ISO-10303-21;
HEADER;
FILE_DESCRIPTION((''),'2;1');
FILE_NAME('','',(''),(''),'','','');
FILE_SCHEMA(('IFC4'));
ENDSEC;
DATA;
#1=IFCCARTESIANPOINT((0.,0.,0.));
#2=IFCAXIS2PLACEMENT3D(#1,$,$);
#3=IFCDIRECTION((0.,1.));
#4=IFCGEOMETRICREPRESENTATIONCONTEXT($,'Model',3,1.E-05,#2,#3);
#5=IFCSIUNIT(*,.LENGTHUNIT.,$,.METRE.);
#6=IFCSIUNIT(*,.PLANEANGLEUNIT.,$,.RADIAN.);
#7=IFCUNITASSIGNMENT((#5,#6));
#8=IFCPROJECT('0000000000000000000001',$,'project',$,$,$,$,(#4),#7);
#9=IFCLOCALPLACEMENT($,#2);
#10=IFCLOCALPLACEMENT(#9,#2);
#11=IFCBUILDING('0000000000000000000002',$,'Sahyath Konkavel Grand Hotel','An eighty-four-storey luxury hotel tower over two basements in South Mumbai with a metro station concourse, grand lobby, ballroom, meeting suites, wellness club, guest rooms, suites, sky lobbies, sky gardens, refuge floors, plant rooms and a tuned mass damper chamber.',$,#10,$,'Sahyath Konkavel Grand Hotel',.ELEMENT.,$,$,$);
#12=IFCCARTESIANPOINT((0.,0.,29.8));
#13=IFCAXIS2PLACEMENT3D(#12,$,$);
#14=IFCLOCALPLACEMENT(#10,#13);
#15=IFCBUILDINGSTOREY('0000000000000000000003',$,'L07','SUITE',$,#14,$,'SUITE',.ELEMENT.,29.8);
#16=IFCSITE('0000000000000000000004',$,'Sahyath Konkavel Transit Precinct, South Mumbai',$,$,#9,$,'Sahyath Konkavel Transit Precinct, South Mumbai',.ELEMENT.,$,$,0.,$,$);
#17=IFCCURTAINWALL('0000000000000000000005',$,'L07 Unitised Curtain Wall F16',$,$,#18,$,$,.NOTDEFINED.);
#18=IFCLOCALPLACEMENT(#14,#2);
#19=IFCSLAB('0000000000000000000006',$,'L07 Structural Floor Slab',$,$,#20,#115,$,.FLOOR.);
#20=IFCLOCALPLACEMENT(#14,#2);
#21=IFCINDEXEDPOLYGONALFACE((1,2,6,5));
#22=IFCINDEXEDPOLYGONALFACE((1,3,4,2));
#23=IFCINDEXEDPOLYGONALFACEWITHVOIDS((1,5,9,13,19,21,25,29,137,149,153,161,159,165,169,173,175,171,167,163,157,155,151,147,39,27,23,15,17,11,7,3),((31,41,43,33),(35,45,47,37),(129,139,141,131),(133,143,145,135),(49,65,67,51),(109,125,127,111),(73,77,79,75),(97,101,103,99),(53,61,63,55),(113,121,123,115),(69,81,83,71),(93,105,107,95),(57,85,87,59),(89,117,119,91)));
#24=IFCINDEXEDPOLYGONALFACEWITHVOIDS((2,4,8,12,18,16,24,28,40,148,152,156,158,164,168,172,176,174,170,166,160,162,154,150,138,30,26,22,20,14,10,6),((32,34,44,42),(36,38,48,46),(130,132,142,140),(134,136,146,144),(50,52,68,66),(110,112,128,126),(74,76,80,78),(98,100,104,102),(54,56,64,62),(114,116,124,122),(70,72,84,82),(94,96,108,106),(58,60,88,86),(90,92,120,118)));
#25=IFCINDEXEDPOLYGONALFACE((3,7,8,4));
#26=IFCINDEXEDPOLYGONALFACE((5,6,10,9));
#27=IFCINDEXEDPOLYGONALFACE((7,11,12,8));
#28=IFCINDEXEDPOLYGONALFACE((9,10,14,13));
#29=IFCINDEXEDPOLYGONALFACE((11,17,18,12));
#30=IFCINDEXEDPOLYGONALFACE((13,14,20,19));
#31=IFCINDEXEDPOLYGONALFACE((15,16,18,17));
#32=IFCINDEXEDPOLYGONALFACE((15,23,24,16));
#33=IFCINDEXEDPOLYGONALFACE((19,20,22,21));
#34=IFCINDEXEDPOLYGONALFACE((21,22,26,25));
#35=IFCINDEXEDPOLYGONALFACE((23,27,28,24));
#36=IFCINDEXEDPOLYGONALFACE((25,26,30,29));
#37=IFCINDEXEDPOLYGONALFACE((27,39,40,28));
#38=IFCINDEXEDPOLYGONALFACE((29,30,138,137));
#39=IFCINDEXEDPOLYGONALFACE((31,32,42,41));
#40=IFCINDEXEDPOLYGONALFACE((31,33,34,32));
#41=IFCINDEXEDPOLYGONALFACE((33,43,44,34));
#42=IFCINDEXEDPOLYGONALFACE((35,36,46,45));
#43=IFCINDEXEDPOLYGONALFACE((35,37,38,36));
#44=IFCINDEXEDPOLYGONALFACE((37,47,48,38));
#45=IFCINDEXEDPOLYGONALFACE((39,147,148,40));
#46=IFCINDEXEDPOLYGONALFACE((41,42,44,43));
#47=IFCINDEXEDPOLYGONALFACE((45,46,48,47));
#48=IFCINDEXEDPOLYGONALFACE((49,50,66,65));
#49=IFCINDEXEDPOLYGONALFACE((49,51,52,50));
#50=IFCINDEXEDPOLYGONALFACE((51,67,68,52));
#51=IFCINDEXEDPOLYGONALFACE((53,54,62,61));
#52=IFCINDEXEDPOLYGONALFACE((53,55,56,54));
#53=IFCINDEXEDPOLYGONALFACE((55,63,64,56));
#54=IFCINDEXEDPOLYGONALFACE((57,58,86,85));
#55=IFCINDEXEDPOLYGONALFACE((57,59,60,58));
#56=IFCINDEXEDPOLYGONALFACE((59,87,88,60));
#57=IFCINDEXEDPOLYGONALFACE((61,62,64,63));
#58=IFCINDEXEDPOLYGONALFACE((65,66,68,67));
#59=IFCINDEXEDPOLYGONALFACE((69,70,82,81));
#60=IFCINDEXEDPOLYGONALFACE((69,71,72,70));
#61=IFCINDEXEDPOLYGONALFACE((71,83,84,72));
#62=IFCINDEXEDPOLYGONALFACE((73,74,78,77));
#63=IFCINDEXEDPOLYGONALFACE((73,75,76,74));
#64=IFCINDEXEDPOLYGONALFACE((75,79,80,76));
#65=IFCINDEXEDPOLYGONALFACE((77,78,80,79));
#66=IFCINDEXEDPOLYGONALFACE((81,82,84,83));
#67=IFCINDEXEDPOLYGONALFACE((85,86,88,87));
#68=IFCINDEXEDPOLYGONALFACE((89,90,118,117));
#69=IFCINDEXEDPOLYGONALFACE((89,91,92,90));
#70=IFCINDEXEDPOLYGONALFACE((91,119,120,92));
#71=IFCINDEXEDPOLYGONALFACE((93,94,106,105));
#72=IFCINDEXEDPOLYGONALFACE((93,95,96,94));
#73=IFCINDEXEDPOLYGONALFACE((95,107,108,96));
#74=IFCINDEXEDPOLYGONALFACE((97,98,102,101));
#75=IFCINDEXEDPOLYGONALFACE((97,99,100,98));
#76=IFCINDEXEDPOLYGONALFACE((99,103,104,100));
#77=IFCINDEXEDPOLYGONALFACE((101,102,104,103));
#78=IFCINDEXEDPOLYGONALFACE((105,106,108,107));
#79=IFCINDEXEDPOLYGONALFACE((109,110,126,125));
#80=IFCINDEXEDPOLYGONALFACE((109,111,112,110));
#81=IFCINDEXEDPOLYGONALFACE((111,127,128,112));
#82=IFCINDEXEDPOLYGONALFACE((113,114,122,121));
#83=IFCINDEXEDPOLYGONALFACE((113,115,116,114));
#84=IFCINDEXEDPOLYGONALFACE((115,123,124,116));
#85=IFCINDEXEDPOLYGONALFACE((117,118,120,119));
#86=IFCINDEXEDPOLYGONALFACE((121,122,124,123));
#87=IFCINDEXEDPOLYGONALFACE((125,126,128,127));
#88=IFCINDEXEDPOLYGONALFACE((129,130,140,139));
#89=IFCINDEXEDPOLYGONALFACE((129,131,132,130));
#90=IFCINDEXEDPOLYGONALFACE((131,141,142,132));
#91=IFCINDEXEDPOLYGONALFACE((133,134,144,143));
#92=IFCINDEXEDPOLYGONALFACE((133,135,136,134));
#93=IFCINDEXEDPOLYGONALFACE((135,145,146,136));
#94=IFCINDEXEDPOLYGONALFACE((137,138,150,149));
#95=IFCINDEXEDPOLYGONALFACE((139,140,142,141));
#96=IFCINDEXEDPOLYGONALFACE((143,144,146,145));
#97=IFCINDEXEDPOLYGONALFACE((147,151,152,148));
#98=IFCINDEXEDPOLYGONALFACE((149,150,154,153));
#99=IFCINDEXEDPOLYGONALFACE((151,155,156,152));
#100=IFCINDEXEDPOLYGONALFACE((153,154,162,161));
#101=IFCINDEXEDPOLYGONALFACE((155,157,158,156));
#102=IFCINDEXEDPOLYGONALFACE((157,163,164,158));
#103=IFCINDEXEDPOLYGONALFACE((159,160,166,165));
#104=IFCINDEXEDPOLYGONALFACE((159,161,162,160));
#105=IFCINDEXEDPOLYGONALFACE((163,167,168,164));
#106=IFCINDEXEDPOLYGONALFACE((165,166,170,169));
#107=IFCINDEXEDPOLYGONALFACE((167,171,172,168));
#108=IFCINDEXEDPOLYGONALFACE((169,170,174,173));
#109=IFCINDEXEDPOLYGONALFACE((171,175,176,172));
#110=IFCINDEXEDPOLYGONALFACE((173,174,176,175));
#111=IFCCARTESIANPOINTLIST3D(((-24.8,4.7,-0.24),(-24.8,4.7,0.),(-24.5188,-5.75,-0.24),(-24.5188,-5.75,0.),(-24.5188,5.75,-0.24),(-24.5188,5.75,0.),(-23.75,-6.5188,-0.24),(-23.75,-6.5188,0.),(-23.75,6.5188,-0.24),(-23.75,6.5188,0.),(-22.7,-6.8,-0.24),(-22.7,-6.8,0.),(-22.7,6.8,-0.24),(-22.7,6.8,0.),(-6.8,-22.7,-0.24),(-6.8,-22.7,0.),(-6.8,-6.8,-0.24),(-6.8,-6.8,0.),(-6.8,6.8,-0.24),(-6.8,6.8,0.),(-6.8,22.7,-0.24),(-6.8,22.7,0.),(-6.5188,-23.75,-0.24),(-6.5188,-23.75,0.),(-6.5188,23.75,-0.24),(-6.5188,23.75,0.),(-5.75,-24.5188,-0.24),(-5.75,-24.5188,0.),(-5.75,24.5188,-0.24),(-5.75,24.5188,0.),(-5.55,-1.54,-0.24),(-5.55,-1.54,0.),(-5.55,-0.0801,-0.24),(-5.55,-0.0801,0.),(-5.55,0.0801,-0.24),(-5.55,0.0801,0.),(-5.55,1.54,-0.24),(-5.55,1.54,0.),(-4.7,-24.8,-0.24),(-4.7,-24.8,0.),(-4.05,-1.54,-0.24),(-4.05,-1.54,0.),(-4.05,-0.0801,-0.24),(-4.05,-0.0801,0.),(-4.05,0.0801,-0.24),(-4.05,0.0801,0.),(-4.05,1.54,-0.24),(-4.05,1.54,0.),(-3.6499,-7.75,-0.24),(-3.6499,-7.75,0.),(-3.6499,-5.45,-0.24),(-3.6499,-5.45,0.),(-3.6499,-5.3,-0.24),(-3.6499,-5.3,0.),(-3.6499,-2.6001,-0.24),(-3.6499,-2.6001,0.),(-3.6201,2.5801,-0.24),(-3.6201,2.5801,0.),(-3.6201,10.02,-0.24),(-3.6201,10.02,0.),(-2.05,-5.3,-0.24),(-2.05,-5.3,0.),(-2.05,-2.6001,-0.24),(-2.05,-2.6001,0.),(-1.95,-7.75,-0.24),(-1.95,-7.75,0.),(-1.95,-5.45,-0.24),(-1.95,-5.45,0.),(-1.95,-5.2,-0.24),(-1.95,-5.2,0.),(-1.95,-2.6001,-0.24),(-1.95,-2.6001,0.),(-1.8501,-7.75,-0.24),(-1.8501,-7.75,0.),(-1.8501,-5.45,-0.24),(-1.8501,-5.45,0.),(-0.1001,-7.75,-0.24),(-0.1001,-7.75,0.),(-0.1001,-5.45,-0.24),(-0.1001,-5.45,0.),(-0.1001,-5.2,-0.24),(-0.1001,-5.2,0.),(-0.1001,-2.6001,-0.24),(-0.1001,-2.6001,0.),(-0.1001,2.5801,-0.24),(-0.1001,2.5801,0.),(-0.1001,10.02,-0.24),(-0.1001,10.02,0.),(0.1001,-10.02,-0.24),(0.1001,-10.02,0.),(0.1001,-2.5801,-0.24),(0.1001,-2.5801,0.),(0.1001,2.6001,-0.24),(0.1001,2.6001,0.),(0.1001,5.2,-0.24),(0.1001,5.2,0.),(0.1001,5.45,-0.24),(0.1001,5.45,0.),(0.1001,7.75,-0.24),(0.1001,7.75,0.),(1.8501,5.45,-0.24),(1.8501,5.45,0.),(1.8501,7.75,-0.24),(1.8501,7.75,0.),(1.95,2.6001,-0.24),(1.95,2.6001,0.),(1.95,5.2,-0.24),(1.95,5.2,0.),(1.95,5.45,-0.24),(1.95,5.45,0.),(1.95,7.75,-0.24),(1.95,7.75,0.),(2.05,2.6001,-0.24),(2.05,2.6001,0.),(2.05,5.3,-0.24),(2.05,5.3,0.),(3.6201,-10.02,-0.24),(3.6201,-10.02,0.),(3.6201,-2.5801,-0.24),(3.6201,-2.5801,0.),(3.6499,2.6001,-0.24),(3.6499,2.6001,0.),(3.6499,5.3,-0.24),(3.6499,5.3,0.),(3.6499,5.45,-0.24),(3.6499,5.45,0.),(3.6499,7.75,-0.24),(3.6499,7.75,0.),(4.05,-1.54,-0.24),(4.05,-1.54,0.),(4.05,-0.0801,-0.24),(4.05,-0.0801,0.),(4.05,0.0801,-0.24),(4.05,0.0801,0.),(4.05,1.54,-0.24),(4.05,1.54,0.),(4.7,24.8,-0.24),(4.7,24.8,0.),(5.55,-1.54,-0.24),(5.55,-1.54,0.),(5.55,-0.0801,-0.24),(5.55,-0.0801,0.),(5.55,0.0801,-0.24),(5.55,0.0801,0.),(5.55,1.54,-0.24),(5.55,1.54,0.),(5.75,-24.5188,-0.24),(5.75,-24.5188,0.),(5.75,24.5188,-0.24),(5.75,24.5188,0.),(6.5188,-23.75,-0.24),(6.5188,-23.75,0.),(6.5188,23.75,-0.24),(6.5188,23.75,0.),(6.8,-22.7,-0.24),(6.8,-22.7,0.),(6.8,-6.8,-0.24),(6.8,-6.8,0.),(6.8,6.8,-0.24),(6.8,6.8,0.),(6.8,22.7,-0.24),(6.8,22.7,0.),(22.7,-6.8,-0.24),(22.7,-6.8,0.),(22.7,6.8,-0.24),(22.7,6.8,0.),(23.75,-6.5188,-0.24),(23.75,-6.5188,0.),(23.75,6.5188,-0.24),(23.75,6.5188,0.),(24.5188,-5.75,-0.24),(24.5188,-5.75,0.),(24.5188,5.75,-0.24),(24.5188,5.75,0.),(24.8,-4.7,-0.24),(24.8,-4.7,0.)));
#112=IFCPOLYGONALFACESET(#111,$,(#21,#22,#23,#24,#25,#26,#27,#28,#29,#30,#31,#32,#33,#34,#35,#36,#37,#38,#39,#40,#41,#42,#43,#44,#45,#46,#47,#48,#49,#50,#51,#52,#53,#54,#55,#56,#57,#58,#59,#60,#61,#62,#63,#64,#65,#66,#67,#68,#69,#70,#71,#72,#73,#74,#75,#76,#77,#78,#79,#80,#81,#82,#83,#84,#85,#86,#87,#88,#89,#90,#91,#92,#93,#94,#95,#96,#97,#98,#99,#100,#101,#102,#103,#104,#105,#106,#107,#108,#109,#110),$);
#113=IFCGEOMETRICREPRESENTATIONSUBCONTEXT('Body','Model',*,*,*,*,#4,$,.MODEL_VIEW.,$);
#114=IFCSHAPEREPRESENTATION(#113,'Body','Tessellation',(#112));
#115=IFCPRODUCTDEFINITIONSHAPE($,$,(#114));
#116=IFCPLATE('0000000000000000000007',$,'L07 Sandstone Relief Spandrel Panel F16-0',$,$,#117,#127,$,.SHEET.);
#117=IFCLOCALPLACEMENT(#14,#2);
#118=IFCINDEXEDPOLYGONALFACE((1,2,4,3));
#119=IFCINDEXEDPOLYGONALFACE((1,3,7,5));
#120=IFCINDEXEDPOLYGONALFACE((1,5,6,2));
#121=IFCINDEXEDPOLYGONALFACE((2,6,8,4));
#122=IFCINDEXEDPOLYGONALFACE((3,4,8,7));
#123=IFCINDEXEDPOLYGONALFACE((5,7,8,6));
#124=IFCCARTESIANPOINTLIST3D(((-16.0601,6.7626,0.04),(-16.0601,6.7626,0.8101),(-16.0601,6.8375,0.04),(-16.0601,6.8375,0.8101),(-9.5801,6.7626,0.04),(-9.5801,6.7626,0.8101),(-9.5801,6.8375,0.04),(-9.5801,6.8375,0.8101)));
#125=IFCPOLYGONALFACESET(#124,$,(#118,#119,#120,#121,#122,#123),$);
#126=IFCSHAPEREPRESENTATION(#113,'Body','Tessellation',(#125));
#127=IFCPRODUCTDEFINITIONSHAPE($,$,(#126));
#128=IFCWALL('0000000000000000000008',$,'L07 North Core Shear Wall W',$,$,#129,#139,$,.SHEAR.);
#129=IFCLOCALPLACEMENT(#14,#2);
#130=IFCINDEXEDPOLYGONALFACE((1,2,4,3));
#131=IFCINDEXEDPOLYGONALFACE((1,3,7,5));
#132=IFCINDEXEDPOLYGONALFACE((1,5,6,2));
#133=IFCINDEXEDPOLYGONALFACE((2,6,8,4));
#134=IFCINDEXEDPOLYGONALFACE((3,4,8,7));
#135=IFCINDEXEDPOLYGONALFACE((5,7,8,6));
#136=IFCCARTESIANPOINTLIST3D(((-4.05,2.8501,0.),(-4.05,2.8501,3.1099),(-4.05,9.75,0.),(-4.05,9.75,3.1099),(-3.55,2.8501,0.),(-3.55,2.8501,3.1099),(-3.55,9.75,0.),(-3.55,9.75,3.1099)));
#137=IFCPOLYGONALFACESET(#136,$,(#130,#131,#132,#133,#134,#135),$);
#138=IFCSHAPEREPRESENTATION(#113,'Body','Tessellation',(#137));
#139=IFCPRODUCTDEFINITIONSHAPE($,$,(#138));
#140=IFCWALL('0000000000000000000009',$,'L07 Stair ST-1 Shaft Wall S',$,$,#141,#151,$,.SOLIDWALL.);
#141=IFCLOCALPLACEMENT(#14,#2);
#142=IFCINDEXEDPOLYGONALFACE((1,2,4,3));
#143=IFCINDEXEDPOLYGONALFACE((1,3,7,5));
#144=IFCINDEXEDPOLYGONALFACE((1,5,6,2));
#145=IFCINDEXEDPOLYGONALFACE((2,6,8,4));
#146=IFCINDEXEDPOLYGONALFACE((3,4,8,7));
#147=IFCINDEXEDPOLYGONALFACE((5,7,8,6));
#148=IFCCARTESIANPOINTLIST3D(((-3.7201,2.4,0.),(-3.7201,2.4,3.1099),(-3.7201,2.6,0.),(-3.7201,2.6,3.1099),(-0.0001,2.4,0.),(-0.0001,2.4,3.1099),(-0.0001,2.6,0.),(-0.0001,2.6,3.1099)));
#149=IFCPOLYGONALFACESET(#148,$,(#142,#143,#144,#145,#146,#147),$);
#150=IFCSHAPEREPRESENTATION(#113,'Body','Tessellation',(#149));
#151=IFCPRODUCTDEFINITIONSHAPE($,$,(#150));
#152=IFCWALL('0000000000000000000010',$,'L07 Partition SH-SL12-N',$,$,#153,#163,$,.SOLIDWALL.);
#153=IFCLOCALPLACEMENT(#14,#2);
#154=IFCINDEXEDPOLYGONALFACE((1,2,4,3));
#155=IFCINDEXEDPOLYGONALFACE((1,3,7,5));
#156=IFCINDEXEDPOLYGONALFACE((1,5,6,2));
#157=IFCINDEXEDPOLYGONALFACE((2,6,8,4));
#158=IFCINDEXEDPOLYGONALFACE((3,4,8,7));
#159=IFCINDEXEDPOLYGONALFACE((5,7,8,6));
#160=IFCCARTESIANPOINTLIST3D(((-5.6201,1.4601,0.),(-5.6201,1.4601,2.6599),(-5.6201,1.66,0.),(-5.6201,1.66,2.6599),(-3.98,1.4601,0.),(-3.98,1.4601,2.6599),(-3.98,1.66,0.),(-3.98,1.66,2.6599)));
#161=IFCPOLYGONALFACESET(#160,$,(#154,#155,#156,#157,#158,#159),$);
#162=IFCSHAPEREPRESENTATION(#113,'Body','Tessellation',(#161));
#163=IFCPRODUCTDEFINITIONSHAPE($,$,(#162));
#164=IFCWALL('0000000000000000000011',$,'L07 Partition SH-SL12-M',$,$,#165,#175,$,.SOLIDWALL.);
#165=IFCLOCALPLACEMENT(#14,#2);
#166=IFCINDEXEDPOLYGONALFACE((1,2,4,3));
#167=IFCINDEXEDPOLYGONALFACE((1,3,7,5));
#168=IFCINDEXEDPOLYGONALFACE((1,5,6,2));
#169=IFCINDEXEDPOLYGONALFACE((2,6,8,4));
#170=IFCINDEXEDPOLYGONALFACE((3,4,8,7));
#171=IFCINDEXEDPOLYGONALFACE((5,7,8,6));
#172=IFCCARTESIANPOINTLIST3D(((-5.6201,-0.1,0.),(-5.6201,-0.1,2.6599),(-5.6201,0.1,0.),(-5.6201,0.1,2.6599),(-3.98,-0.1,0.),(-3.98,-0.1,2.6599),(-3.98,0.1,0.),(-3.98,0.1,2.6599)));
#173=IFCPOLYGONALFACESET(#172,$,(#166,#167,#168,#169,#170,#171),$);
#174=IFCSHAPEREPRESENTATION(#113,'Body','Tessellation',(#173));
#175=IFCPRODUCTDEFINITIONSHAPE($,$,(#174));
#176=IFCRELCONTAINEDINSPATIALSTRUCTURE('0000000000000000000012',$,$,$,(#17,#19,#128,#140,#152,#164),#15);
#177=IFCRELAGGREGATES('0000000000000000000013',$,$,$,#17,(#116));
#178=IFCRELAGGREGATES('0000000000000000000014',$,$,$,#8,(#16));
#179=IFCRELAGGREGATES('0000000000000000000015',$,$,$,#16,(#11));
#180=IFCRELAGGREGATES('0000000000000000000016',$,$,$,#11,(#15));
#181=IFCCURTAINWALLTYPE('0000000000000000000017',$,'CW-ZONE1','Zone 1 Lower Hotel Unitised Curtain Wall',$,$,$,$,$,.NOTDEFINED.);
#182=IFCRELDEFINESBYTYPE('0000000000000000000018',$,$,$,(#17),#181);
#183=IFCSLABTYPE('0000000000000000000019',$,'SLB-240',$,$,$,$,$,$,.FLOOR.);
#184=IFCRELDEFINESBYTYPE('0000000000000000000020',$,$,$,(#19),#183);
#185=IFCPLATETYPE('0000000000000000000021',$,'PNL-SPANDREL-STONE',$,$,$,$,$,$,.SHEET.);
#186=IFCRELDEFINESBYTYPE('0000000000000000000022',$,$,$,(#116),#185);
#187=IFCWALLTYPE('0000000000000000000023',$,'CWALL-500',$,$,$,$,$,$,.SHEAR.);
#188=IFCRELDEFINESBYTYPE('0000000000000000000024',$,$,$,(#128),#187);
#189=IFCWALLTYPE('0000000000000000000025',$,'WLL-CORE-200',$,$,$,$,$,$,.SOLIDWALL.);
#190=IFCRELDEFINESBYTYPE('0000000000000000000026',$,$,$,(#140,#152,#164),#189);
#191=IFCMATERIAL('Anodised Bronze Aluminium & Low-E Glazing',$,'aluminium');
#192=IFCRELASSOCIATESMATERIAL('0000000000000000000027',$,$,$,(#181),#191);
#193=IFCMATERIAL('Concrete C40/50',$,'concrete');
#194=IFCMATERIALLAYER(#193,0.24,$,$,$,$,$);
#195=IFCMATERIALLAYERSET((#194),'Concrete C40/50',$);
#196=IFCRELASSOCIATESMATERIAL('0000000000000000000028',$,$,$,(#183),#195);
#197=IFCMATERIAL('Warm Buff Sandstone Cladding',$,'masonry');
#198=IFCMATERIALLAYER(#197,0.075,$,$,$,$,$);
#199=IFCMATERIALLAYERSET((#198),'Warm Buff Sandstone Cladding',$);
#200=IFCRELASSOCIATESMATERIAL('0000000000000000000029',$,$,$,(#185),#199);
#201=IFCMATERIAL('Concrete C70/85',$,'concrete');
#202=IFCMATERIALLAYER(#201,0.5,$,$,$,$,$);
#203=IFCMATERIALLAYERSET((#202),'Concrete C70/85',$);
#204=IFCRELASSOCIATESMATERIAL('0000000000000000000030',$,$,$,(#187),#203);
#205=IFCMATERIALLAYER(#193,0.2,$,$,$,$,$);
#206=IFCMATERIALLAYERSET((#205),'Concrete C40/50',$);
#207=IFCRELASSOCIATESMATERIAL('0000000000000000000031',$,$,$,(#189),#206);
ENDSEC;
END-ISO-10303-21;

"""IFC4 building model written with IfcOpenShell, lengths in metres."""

from ifc_helpers import new_model, si_unit, direction, frame, frame_2d, origin, origin_2d, place, context, subcontext, project, spatial, polyline, rectangle, outline, extrude, source, transform, mapped, material, layer, layer_set, type_object, element, aggregate, save


model = new_model("IFC4")

# Units and contexts
model_context = context("Model", 3, precision=1e-05, world=origin(), true_north=direction((0.0, 1.0)))
body_context = subcontext(model_context, "Body", "Model", "MODEL_VIEW")
ifc_project = project(units=[si_unit("LENGTHUNIT", "METRE"), si_unit("PLANEANGLEUNIT", "RADIAN")], contexts=[model_context])

# Site, building, storey
site_placement = place(None, origin())
site = spatial("IfcSite", under=ifc_project, at=site_placement, Name="Sahyath Konkavel Transit Precinct, South Mumbai", LongName="Sahyath Konkavel Transit Precinct, South Mumbai", CompositionType="ELEMENT", RefElevation=0.0)
building_placement = place(site_placement, origin())
building = spatial("IfcBuilding", under=site, at=building_placement, Name="Sahyath Konkavel Grand Hotel", Description="An eighty-four-storey luxury hotel tower over two basements in South Mumbai with a metro station concourse, grand lobby, ballroom, meeting suites, wellness club, guest rooms, suites, sky lobbies, sky gardens, refuge floors, plant rooms and a tuned mass damper chamber.", LongName="Sahyath Konkavel Grand Hotel", CompositionType="ELEMENT")
storey_placement = place(building_placement, frame((0.0, 0.0, 29.8)))
storey = spatial("IfcBuildingStorey", under=building, at=storey_placement, Name="L07", Description="SUITE", LongName="SUITE", CompositionType="ELEMENT", Elevation=29.8)

# Shared definitions
ifc_material_1 = material(Name="Concrete C70/85", Category="concrete")

# Curtain wall
ifc_material_2 = material(Name="Anodised Bronze Aluminium & Low-E Glazing", Category="aluminium")
curtain_wall_type = type_object("IfcCurtainWallType", Name="CW-ZONE1", Description="Zone 1 Lower Hotel Unitised Curtain Wall", PredefinedType="NOTDEFINED", material=ifc_material_2)
curtain_wall_placement = place(storey_placement, origin())
curtain_wall = element("IfcCurtainWall", 1, at=curtain_wall_placement, inside=storey, type_object=curtain_wall_type, Name="L07 Unitised Curtain Wall F16", PredefinedType="NOTDEFINED")

# Slab
ifc_material_3 = material(Name="Concrete C40/50", Category="concrete")
ifc_layer_1 = layer(ifc_material_3, 0.24)
ifc_layer_set_1 = layer_set([ifc_layer_1], Name="Concrete C40/50")
slab_type = type_object("IfcSlabType", Name="SLB-240", PredefinedType="FLOOR", material=ifc_layer_set_1)
slab_placement = place(storey_placement, frame((0.0, 0.0, -0.24)))
element("IfcSlab", 2, at=slab_placement, inside=storey, type_object=slab_type, Name="L07 Structural Floor Slab", PredefinedType="FLOOR", context=body_context, shape_type="SweptSolid", body=[
    extrude(outline(polyline([(6.8, -6.8), (22.7, -6.8), (23.75, -6.5188), (24.5188, -5.75), (24.8, -4.7), (24.5188, 5.75), (23.75, 6.5188), (22.7, 6.8), (6.8, 6.8), (6.8, 22.7), (6.5188, 23.75), (5.75, 24.5188), (4.7, 24.8), (-5.75, 24.5188), (-6.5188, 23.75), (-6.8, 22.7), (-6.8, 6.8), (-22.7, 6.8), (-23.75, 6.5188), (-24.5188, 5.75), (-24.8, 4.7), (-24.5188, -5.75), (-23.75, -6.5188), (-22.7, -6.8), (-6.8, -6.8), (-6.8, -22.7), (-6.5188, -23.75), (-5.75, -24.5188), (-4.7, -24.8), (5.75, -24.5188), (6.5188, -23.75), (6.8, -22.7), (6.8, -6.8)]), holes=[polyline([(-3.6201, 2.5801), (-0.1001, 2.5801), (-0.1001, 10.02), (-3.6201, 10.02), (-3.6201, 2.5801)]), polyline([(0.1001, -10.02), (3.6201, -10.02), (3.6201, -2.5801), (0.1001, -2.5801), (0.1001, -10.02)]), polyline([(0.1001, 2.6001), (1.95, 2.6001), (1.95, 5.2), (0.1001, 5.2), (0.1001, 2.6001)]), polyline([(-1.95, -5.2), (-0.1001, -5.2), (-0.1001, -2.6001), (-1.95, -2.6001), (-1.95, -5.2)]), polyline([(2.05, 2.6001), (3.6499, 2.6001), (3.6499, 5.3), (2.05, 5.3), (2.05, 2.6001)]), polyline([(-3.6499, -5.3), (-2.05, -5.3), (-2.05, -2.6001), (-3.6499, -2.6001), (-3.6499, -5.3)]), polyline([(0.1001, 5.45), (1.8501, 5.45), (1.8501, 7.75), (0.1001, 7.75), (0.1001, 5.45)]), polyline([(1.95, 5.45), (3.6499, 5.45), (3.6499, 7.75), (1.95, 7.75), (1.95, 5.45)]), polyline([(-3.6499, -7.75), (-1.95, -7.75), (-1.95, -5.45), (-3.6499, -5.45), (-3.6499, -7.75)]), polyline([(-1.8501, -7.75), (-0.1001, -7.75), (-0.1001, -5.45), (-1.8501, -5.45), (-1.8501, -7.75)]), polyline([(4.05, 0.0801), (5.55, 0.0801), (5.55, 1.54), (4.05, 1.54), (4.05, 0.0801)]), polyline([(4.05, -1.54), (5.55, -1.54), (5.55, -0.0801), (4.05, -0.0801), (4.05, -1.54)]), polyline([(-5.55, 0.0801), (-4.05, 0.0801), (-4.05, 1.54), (-5.55, 1.54), (-5.55, 0.0801)]), polyline([(-5.55, -1.54), (-4.05, -1.54), (-4.05, -0.0801), (-5.55, -0.0801), (-5.55, -1.54)])]), origin(), (0.0, 0.0, 1.0), 0.24),
])

# Plate
ifc_material_4 = material(Name="Warm Buff Sandstone Cladding", Category="masonry")
ifc_layer_2 = layer(ifc_material_4, 0.075)
ifc_layer_set_2 = layer_set([ifc_layer_2], Name="Warm Buff Sandstone Cladding")
plate_type = type_object("IfcPlateType", Name="PNL-SPANDREL-STONE", PredefinedType="SHEET", material=ifc_layer_set_2)
shared_shape_1 = source(origin(), body_context, "Body", "SweptSolid", [
    extrude(rectangle(XDim=6.48, YDim=0.075, at=origin_2d()), origin(), (0.0, 0.0, 1.0), 0.77),
])
plate_placement = place(storey_placement, frame((-12.8201, 6.8, 0.04), z_axis=(0.0, 0.0, 1.0), x_axis=(-1.0, 0.0, 0.0)))
plate = element("IfcPlate", 3, at=plate_placement, type_object=plate_type, Name="L07 Sandstone Relief Spandrel Panel F16-0", PredefinedType="SHEET", context=body_context, shape_type="MappedRepresentation", body=[
    mapped(shared_shape_1, transform((0.0, 0.0, 0.0), scale=1.0)),
])
aggregate(curtain_wall, [plate])

# Walls
ifc_layer_3 = layer(ifc_material_1, 0.5)
ifc_layer_set_3 = layer_set([ifc_layer_3], Name="Concrete C70/85")
wall_type_1 = type_object("IfcWallType", Name="CWALL-500", PredefinedType="SHEAR", material=ifc_layer_set_3)
wall_1_placement = place(storey_placement, frame((-3.8, 2.8501, 0.0), z_axis=(0.0, 0.0, 1.0), x_axis=(0.0, 1.0, 0.0)))
element("IfcWall", 4, at=wall_1_placement, inside=storey, type_object=wall_type_1, Name="L07 North Core Shear Wall W", PredefinedType="SHEAR", context=body_context, shape_type="SweptSolid", body=[
    extrude(rectangle(XDim=6.8999, YDim=0.5, at=frame_2d((3.45, 0.0))), origin(), (0.0, 0.0, 1.0), 3.1099),
])
ifc_layer_4 = layer(ifc_material_3, 0.2)
ifc_layer_set_4 = layer_set([ifc_layer_4], Name="Concrete C40/50")
wall_type_2 = type_object("IfcWallType", Name="WLL-CORE-200", PredefinedType="SOLIDWALL", material=ifc_layer_set_4)
wall_2_placement = place(storey_placement, frame((-3.72, 2.5, 0.0), z_axis=(0.0, 0.0, 1.0), x_axis=(1.0, 0.0, 0.0)))
element("IfcWall", 5, at=wall_2_placement, inside=storey, type_object=wall_type_2, Name="L07 Stair ST-1 Shaft Wall S", PredefinedType="SOLIDWALL", context=body_context, shape_type="SweptSolid", body=[
    extrude(rectangle(XDim=3.72, YDim=0.2, at=frame_2d((1.8599, 0.0))), origin(), (0.0, 0.0, 1.0), 3.1099),
])
for number, where, z_axis, x_axis, name in (
    (6, (-5.6201, 1.5601, 0.0), (0.0, 0.0, 1.0), (1.0, 0.0, 0.0), "L07 Partition SH-SL12-N"),
    (7, (-5.6201, 0.0, 0.0), (0.0, 0.0, 1.0), (1.0, 0.0, 0.0), "L07 Partition SH-SL12-M"),
):
    element("IfcWall", number, at=place(storey_placement, frame(where, z_axis=z_axis, x_axis=x_axis)), inside=storey, type_object=wall_type_2, Name=name, PredefinedType="SOLIDWALL", context=body_context, shape_type="SweptSolid", body=[
        extrude(rectangle(XDim=1.6401, YDim=0.2, at=frame_2d((0.8201, 0.0))), origin(), (0.0, 0.0, 1.0), 2.6599),
    ])

save(model, "model.ifc")
